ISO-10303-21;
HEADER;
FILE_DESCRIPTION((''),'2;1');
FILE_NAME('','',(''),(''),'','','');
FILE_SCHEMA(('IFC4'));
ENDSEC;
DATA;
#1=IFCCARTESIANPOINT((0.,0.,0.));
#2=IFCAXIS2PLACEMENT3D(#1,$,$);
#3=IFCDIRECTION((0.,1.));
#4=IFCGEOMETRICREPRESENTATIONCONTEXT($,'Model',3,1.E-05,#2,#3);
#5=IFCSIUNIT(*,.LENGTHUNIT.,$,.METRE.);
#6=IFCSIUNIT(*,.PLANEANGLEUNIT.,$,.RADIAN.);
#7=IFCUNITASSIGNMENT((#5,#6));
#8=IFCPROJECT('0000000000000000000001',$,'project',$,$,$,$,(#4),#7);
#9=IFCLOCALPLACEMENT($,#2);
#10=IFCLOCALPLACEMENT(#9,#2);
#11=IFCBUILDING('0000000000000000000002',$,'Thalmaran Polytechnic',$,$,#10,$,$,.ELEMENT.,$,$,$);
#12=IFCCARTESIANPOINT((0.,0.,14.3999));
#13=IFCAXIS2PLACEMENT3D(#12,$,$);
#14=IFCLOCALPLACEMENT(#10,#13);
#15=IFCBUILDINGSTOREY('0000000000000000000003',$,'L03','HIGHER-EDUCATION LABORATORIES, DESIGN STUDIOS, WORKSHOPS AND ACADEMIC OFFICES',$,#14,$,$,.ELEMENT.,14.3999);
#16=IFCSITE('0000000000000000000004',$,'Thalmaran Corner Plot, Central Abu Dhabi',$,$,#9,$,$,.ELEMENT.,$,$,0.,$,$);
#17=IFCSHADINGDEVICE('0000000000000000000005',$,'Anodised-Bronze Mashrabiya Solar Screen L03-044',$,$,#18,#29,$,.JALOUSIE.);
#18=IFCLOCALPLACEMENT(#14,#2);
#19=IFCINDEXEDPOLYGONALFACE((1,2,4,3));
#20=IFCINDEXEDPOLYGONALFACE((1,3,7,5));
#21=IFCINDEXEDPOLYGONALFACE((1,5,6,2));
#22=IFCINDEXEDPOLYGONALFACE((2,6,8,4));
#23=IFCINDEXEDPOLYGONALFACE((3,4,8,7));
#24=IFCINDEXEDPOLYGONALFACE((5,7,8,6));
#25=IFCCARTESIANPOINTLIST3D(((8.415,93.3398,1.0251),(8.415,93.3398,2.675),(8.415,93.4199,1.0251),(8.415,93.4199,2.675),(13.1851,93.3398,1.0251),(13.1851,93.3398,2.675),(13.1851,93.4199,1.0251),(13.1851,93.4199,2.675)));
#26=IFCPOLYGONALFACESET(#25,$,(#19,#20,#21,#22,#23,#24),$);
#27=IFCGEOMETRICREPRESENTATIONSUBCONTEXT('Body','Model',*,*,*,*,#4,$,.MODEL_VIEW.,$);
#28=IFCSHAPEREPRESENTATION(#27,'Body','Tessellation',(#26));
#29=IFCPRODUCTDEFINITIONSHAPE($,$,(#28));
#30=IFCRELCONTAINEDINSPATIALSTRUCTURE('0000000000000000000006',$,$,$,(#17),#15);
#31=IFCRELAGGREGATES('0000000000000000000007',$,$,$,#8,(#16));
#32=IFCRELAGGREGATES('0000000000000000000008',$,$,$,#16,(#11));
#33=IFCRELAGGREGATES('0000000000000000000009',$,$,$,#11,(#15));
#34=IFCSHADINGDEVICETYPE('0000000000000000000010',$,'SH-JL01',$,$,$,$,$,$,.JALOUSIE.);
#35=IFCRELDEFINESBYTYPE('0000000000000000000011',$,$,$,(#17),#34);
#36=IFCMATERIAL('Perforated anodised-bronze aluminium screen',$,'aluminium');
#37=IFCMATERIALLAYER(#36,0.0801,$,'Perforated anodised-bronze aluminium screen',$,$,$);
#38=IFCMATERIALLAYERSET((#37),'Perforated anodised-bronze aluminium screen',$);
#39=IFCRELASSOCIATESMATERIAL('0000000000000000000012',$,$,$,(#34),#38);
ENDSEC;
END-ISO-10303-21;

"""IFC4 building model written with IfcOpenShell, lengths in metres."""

from ifc_helpers import new_model, si_unit, direction, frame, origin, origin_2d, place, context, subcontext, project, spatial, rectangle, extrude, material, layer, layer_set, type_object, element, save


model = new_model("IFC4")

# Units and contexts
model_context = context("Model", 3, precision=1e-05, world=origin(), true_north=direction((0.0, 1.0)))
body_context = subcontext(model_context, "Body", "Model", "MODEL_VIEW")
ifc_project = project(units=[si_unit("LENGTHUNIT", "METRE"), si_unit("PLANEANGLEUNIT", "RADIAN")], contexts=[model_context])

# Site, building, storey
site_placement = place(None, origin())
site = spatial("IfcSite", under=ifc_project, at=site_placement, Name="Thalmaran Corner Plot, Central Abu Dhabi", CompositionType="ELEMENT", RefElevation=0.0)
building_placement = place(site_placement, origin())
building = spatial("IfcBuilding", under=site, at=building_placement, Name="Thalmaran Polytechnic", CompositionType="ELEMENT")
storey_placement = place(building_placement, frame((0.0, 0.0, 14.3999)))
storey = spatial("IfcBuildingStorey", under=building, at=storey_placement, Name="L03", Description="HIGHER-EDUCATION LABORATORIES, DESIGN STUDIOS, WORKSHOPS AND ACADEMIC OFFICES", CompositionType="ELEMENT", Elevation=14.3999)

# Shading device
ifc_material_1 = material(Name="Perforated anodised-bronze aluminium screen", Category="aluminium")
ifc_layer_1 = layer(ifc_material_1, 0.0801, Name="Perforated anodised-bronze aluminium screen")
ifc_layer_set_1 = layer_set([ifc_layer_1], Name="Perforated anodised-bronze aluminium screen")
shading_device_type = type_object("IfcShadingDeviceType", Name="SH-JL01", PredefinedType="JALOUSIE", material=ifc_layer_set_1)
shading_device_placement = place(storey_placement, frame((10.8, 93.3799, 1.0251), z_axis=(0.0, 0.0, 1.0), x_axis=(-1.0, 0.0, 0.0)))
element("IfcShadingDevice", 1, at=shading_device_placement, inside=storey, type_object=shading_device_type, Name="Anodised-Bronze Mashrabiya Solar Screen L03-044", PredefinedType="JALOUSIE", context=body_context, shape_type="SweptSolid", body=[
    extrude(rectangle(XDim=4.77, YDim=0.0801, at=origin_2d()), origin(), (0.0, 0.0, 1.0), 1.6499),
])

save(model, "model.ifc")
